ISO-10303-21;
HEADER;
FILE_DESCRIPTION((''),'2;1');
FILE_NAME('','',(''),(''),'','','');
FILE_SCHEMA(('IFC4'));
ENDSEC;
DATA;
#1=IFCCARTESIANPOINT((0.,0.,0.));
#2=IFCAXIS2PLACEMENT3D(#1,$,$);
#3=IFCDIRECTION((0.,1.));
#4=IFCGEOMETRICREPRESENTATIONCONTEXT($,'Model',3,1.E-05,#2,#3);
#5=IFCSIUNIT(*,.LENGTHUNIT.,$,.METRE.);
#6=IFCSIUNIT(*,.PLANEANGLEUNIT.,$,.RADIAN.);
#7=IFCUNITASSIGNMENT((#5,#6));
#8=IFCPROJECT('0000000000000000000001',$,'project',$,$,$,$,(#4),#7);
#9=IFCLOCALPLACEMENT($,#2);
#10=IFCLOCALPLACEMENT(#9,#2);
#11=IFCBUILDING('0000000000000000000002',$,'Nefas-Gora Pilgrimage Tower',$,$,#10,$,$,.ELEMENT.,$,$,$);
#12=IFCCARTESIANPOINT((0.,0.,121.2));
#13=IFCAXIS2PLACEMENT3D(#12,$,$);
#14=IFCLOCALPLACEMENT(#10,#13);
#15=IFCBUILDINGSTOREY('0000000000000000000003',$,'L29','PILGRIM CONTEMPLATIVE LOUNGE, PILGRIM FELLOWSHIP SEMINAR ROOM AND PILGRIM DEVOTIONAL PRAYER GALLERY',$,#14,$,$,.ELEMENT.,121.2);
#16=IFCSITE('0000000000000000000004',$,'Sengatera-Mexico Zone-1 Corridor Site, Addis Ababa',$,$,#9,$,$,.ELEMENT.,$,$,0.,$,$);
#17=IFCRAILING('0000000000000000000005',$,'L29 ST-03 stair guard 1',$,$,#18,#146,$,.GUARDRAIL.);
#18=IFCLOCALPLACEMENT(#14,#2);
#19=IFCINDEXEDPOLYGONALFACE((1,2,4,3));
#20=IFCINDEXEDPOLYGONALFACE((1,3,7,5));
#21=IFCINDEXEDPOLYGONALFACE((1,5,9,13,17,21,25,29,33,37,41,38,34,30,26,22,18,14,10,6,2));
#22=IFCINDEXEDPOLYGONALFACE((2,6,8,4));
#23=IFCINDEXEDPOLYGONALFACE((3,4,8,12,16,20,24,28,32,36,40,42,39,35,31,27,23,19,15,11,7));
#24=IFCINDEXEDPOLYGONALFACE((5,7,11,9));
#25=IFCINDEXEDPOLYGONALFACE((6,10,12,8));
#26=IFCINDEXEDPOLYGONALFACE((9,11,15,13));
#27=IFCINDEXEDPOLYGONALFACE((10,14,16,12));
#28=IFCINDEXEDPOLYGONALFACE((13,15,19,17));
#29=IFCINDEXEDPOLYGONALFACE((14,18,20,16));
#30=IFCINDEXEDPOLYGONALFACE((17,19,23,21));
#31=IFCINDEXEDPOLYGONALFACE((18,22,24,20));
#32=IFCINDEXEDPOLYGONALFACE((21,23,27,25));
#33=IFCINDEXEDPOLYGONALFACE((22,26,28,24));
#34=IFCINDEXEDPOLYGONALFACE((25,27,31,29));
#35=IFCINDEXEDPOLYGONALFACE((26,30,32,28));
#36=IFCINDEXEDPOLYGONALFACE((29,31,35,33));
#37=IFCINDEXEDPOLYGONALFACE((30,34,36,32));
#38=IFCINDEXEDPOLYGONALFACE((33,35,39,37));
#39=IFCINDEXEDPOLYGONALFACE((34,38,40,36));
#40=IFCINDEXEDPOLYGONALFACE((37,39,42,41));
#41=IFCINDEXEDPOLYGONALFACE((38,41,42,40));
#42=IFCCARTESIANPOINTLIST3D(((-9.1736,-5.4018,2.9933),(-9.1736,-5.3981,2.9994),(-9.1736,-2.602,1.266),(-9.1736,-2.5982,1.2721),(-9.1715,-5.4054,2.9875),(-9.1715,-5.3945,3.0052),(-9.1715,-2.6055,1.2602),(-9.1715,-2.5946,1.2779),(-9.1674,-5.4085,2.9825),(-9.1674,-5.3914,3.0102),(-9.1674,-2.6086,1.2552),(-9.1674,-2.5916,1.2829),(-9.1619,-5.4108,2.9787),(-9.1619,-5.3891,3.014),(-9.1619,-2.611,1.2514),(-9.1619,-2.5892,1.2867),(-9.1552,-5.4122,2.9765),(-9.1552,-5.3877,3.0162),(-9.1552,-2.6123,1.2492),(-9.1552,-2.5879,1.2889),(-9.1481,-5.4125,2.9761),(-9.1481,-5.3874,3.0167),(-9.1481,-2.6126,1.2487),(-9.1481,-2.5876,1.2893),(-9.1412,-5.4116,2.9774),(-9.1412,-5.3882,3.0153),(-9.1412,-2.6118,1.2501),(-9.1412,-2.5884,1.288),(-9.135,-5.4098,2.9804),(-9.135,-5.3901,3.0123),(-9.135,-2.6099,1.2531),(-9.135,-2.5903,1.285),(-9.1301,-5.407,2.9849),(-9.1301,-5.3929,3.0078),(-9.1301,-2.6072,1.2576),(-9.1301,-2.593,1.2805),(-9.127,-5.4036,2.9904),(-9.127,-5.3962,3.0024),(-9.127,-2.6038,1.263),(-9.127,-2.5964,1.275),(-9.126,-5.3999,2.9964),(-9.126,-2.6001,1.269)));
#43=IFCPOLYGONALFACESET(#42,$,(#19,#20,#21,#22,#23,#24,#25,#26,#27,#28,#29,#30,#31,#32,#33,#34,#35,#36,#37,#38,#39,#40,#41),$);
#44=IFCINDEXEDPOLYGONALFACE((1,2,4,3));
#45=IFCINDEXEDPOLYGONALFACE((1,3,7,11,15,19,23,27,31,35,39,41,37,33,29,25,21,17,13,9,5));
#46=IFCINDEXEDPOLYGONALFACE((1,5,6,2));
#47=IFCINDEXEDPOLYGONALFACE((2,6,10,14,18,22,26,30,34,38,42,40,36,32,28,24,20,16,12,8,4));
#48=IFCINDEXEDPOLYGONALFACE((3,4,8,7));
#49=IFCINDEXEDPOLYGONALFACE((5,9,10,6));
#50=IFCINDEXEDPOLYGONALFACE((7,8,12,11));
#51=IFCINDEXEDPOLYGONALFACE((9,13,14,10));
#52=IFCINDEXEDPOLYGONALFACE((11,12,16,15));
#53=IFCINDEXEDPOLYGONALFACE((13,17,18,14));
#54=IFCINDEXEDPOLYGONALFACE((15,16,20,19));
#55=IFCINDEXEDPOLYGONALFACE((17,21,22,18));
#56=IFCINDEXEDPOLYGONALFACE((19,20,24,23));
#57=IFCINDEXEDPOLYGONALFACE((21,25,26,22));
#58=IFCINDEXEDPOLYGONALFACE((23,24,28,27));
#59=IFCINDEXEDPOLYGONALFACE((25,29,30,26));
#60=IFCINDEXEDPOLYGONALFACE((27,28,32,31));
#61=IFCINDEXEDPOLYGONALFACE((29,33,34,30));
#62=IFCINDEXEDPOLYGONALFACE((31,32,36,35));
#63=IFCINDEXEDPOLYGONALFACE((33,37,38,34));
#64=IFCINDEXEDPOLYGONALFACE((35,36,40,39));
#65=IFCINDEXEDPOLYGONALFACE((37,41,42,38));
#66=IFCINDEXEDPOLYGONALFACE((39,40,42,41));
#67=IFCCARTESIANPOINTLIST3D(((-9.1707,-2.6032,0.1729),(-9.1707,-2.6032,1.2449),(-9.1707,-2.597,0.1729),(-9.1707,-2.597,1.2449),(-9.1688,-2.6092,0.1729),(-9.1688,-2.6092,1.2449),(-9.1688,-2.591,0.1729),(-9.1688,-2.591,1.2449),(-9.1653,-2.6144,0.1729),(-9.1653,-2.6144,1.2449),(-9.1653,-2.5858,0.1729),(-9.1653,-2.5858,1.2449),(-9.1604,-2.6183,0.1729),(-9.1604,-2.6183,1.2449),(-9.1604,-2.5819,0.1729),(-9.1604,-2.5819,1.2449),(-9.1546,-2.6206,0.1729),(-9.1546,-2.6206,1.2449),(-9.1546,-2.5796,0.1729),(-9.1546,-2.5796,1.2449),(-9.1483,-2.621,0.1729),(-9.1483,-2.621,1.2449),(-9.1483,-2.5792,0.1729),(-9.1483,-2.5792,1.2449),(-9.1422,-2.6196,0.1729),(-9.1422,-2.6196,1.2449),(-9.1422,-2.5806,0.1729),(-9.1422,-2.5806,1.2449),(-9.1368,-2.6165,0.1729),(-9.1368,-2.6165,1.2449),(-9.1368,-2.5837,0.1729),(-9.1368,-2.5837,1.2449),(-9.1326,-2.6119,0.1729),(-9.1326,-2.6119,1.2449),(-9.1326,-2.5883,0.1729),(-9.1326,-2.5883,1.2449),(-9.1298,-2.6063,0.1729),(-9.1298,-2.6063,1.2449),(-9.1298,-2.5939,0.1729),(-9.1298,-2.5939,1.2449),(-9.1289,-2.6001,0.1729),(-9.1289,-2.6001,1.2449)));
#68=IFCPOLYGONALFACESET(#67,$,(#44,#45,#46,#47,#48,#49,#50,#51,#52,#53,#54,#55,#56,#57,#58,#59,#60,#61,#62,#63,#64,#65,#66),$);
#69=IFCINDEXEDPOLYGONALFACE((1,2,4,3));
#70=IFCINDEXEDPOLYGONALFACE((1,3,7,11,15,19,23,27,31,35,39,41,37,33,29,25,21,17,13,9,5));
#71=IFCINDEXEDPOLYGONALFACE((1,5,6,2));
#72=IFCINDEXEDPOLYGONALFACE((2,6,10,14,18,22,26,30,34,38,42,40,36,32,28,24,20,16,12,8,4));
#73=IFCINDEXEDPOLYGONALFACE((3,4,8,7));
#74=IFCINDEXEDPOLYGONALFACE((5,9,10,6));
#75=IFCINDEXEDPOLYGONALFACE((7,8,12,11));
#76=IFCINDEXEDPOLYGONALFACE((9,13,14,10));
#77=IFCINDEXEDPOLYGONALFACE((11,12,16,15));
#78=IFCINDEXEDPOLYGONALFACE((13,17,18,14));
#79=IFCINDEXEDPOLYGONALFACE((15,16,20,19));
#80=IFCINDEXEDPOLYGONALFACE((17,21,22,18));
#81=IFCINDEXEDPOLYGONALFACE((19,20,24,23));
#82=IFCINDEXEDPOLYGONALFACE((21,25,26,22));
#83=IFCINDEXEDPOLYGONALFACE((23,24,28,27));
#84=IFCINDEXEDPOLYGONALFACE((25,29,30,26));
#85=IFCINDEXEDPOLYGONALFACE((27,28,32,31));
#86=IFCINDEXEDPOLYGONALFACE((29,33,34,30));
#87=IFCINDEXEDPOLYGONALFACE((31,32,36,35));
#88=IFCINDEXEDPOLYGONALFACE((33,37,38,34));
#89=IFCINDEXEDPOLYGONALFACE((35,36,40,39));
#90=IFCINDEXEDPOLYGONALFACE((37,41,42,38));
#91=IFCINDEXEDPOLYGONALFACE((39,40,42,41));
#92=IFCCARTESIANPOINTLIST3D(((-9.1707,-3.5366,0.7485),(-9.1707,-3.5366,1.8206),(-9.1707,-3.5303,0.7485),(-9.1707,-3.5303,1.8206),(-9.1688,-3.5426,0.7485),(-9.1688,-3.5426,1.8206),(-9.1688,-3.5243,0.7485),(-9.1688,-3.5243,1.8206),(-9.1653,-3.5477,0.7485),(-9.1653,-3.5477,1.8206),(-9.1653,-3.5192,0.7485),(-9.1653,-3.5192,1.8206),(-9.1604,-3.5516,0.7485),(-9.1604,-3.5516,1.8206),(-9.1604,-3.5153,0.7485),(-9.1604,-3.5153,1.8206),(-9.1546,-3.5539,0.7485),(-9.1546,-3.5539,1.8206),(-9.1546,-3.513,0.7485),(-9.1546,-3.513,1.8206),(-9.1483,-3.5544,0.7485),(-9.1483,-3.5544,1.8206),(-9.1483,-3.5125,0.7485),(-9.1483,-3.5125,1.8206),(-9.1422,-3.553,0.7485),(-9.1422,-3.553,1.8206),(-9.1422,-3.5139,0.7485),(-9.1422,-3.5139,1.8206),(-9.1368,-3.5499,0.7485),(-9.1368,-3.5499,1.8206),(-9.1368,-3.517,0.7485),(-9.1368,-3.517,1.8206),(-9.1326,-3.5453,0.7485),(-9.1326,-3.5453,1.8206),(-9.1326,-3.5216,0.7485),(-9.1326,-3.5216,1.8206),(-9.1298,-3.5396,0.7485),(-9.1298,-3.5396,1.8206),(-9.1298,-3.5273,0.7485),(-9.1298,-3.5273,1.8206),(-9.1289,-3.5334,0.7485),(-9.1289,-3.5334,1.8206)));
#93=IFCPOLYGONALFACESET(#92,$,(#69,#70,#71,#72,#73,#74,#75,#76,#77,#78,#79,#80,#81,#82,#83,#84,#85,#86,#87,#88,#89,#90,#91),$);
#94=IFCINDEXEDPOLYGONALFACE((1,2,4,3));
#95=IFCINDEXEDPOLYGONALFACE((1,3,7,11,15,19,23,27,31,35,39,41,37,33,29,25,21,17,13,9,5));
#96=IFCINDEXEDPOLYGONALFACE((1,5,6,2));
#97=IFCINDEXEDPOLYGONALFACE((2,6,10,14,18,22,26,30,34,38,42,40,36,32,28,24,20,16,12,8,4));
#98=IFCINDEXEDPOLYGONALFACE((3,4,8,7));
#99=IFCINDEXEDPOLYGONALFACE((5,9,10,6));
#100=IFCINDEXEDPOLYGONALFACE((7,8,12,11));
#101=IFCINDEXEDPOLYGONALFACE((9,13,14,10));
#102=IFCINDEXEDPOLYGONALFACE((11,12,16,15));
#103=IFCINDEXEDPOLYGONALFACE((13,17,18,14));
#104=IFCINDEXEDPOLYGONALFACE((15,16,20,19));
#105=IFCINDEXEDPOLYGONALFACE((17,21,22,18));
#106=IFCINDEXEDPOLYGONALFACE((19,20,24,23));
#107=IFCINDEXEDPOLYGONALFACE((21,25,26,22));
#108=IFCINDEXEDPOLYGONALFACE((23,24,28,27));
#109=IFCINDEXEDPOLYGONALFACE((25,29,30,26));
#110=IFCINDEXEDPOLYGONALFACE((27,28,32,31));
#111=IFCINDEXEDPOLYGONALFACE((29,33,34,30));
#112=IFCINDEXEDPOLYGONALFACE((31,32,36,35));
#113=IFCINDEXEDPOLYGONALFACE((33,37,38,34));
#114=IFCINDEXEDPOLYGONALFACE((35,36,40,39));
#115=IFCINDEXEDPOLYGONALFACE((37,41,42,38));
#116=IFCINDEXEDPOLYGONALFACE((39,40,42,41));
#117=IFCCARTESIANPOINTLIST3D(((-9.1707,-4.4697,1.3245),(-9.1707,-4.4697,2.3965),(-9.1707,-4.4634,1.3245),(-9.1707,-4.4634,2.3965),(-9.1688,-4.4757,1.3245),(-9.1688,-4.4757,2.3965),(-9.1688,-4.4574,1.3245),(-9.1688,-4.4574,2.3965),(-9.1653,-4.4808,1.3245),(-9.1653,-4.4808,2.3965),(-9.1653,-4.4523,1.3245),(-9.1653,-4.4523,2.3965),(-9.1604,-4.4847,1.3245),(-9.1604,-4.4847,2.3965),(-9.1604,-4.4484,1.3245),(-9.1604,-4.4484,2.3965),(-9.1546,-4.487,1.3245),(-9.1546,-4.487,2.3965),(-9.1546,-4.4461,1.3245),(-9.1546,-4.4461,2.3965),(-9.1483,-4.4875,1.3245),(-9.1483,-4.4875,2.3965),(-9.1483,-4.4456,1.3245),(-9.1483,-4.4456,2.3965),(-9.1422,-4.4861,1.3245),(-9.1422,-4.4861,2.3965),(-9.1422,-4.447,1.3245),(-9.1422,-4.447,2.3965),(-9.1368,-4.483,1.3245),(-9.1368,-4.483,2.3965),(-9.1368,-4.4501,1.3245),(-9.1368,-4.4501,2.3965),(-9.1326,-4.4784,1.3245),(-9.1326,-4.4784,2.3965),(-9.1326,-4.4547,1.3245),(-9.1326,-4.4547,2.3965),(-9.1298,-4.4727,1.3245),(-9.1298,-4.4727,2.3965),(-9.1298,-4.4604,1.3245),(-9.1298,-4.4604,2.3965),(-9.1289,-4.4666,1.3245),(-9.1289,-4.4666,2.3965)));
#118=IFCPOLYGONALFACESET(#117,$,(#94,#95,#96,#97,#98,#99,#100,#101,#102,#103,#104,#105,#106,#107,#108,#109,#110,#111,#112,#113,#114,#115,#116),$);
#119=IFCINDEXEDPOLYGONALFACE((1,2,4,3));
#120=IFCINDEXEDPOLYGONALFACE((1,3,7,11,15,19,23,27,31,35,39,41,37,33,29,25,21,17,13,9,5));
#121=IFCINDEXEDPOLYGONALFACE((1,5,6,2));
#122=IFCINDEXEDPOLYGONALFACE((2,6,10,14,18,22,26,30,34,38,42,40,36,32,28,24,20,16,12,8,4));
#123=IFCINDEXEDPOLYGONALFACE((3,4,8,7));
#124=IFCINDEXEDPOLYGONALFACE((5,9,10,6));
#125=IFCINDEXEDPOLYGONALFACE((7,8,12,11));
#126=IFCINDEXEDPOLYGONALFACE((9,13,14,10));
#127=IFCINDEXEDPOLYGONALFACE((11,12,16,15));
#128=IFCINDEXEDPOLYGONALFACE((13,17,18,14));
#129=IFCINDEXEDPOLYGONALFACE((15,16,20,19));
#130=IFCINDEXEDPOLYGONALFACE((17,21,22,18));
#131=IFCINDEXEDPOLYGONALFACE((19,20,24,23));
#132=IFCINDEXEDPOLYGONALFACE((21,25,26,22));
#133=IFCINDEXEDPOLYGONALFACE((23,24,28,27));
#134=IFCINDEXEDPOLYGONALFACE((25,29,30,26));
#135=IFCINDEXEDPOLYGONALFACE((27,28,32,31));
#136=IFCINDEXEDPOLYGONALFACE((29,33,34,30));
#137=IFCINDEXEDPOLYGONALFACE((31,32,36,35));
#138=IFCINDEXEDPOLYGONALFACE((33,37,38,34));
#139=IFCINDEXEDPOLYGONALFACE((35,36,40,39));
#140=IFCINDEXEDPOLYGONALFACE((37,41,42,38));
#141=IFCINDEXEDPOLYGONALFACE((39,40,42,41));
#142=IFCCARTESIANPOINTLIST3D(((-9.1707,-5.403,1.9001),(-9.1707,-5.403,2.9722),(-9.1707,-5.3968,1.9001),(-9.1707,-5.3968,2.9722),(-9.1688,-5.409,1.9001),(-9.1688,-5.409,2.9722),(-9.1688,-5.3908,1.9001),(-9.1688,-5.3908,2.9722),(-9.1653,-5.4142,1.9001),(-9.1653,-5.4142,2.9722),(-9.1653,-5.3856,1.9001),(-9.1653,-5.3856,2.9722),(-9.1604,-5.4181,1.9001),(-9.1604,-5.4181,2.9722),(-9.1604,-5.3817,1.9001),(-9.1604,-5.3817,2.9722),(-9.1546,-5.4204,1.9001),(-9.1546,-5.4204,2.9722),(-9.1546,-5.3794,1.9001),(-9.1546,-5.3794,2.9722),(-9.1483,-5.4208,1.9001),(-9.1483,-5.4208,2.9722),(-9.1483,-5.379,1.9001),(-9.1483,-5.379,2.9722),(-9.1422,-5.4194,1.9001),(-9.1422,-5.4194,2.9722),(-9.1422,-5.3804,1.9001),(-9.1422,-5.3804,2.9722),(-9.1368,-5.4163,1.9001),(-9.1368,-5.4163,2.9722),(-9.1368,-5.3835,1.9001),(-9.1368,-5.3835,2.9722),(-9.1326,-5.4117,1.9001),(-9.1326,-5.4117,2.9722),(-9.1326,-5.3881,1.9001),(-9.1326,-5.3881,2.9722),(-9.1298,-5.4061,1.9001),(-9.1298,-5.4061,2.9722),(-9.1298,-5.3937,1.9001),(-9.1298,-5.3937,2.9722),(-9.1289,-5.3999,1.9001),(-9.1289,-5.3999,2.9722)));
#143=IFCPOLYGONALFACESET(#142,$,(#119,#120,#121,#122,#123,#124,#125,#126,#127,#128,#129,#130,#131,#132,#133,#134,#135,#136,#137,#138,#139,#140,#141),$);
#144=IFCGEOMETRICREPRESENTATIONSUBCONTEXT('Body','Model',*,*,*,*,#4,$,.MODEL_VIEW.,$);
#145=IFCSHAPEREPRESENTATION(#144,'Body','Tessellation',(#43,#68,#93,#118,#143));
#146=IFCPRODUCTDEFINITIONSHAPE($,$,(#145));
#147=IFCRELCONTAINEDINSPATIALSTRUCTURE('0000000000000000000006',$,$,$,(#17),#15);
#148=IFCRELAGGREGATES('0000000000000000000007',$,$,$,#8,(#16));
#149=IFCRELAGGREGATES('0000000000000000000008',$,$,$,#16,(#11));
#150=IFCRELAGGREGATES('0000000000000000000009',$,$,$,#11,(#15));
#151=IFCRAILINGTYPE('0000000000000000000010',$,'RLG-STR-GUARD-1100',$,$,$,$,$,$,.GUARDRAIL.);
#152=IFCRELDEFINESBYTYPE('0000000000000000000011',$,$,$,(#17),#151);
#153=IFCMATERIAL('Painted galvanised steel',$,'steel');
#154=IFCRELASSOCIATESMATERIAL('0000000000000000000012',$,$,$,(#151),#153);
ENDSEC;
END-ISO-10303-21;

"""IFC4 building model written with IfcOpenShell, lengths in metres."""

from ifc_helpers import new_model, si_unit, direction, frame, origin, origin_2d, place, context, subcontext, project, spatial, circle, extrude, material, type_object, element, save


model = new_model("IFC4")

# Units and contexts
model_context = context("Model", 3, precision=1e-05, world=origin(), true_north=direction((0.0, 1.0)))
body_context = subcontext(model_context, "Body", "Model", "MODEL_VIEW")
ifc_project = project(units=[si_unit("LENGTHUNIT", "METRE"), si_unit("PLANEANGLEUNIT", "RADIAN")], contexts=[model_context])

# Site, building, storey
site_placement = place(None, origin())
site = spatial("IfcSite", under=ifc_project, at=site_placement, Name="Sengatera-Mexico Zone-1 Corridor Site, Addis Ababa", CompositionType="ELEMENT", RefElevation=0.0)
building_placement = place(site_placement, origin())
building = spatial("IfcBuilding", under=site, at=building_placement, Name="Nefas-Gora Pilgrimage Tower", CompositionType="ELEMENT")
storey_placement = place(building_placement, frame((0.0, 0.0, 121.2)))
storey = spatial("IfcBuildingStorey", under=building, at=storey_placement, Name="L29", Description="PILGRIM CONTEMPLATIVE LOUNGE, PILGRIM FELLOWSHIP SEMINAR ROOM AND PILGRIM DEVOTIONAL PRAYER GALLERY", CompositionType="ELEMENT", Elevation=121.2)

# Railing
ifc_material_1 = material(Name="Painted galvanised steel", Category="steel")
railing_type_1 = type_object("IfcRailingType", Name="RLG-STR-GUARD-1100", PredefinedType="GUARDRAIL", material=ifc_material_1)
railing_1_placement = place(storey_placement, frame((-9.1499, -2.6001, 0.1729)))
element("IfcRailing", 1, at=railing_1_placement, inside=storey, type_object=railing_type_1, Name="L29 ST-03 stair guard 1", PredefinedType="GUARDRAIL", context=body_context, shape_type="SweptSolid", body=[
    extrude(circle(Radius=0.0239, at=origin_2d()), frame((0.0, 0.0, 1.0962), z_axis=(0.0, -0.851069, 0.525054), x_axis=(1.0, 0.0, 0.0)), (0.0, 0.0, 1.0), 3.2898),
    extrude(circle(Radius=0.021, at=origin_2d()), origin(), (0.0, 0.0, 1.0), 1.072),
    extrude(circle(Radius=0.021, at=origin_2d()), frame((0.0, -0.9333, 0.5757)), (0.0, 0.0, 1.0), 1.072),
    extrude(circle(Radius=0.021, at=origin_2d()), frame((0.0, -1.8665, 1.1516)), (0.0, 0.0, 1.0), 1.072),
    extrude(circle(Radius=0.021, at=origin_2d()), frame((0.0, -2.7998, 1.7273)), (0.0, 0.0, 1.0), 1.072),
])

save(model, "model.ifc")
